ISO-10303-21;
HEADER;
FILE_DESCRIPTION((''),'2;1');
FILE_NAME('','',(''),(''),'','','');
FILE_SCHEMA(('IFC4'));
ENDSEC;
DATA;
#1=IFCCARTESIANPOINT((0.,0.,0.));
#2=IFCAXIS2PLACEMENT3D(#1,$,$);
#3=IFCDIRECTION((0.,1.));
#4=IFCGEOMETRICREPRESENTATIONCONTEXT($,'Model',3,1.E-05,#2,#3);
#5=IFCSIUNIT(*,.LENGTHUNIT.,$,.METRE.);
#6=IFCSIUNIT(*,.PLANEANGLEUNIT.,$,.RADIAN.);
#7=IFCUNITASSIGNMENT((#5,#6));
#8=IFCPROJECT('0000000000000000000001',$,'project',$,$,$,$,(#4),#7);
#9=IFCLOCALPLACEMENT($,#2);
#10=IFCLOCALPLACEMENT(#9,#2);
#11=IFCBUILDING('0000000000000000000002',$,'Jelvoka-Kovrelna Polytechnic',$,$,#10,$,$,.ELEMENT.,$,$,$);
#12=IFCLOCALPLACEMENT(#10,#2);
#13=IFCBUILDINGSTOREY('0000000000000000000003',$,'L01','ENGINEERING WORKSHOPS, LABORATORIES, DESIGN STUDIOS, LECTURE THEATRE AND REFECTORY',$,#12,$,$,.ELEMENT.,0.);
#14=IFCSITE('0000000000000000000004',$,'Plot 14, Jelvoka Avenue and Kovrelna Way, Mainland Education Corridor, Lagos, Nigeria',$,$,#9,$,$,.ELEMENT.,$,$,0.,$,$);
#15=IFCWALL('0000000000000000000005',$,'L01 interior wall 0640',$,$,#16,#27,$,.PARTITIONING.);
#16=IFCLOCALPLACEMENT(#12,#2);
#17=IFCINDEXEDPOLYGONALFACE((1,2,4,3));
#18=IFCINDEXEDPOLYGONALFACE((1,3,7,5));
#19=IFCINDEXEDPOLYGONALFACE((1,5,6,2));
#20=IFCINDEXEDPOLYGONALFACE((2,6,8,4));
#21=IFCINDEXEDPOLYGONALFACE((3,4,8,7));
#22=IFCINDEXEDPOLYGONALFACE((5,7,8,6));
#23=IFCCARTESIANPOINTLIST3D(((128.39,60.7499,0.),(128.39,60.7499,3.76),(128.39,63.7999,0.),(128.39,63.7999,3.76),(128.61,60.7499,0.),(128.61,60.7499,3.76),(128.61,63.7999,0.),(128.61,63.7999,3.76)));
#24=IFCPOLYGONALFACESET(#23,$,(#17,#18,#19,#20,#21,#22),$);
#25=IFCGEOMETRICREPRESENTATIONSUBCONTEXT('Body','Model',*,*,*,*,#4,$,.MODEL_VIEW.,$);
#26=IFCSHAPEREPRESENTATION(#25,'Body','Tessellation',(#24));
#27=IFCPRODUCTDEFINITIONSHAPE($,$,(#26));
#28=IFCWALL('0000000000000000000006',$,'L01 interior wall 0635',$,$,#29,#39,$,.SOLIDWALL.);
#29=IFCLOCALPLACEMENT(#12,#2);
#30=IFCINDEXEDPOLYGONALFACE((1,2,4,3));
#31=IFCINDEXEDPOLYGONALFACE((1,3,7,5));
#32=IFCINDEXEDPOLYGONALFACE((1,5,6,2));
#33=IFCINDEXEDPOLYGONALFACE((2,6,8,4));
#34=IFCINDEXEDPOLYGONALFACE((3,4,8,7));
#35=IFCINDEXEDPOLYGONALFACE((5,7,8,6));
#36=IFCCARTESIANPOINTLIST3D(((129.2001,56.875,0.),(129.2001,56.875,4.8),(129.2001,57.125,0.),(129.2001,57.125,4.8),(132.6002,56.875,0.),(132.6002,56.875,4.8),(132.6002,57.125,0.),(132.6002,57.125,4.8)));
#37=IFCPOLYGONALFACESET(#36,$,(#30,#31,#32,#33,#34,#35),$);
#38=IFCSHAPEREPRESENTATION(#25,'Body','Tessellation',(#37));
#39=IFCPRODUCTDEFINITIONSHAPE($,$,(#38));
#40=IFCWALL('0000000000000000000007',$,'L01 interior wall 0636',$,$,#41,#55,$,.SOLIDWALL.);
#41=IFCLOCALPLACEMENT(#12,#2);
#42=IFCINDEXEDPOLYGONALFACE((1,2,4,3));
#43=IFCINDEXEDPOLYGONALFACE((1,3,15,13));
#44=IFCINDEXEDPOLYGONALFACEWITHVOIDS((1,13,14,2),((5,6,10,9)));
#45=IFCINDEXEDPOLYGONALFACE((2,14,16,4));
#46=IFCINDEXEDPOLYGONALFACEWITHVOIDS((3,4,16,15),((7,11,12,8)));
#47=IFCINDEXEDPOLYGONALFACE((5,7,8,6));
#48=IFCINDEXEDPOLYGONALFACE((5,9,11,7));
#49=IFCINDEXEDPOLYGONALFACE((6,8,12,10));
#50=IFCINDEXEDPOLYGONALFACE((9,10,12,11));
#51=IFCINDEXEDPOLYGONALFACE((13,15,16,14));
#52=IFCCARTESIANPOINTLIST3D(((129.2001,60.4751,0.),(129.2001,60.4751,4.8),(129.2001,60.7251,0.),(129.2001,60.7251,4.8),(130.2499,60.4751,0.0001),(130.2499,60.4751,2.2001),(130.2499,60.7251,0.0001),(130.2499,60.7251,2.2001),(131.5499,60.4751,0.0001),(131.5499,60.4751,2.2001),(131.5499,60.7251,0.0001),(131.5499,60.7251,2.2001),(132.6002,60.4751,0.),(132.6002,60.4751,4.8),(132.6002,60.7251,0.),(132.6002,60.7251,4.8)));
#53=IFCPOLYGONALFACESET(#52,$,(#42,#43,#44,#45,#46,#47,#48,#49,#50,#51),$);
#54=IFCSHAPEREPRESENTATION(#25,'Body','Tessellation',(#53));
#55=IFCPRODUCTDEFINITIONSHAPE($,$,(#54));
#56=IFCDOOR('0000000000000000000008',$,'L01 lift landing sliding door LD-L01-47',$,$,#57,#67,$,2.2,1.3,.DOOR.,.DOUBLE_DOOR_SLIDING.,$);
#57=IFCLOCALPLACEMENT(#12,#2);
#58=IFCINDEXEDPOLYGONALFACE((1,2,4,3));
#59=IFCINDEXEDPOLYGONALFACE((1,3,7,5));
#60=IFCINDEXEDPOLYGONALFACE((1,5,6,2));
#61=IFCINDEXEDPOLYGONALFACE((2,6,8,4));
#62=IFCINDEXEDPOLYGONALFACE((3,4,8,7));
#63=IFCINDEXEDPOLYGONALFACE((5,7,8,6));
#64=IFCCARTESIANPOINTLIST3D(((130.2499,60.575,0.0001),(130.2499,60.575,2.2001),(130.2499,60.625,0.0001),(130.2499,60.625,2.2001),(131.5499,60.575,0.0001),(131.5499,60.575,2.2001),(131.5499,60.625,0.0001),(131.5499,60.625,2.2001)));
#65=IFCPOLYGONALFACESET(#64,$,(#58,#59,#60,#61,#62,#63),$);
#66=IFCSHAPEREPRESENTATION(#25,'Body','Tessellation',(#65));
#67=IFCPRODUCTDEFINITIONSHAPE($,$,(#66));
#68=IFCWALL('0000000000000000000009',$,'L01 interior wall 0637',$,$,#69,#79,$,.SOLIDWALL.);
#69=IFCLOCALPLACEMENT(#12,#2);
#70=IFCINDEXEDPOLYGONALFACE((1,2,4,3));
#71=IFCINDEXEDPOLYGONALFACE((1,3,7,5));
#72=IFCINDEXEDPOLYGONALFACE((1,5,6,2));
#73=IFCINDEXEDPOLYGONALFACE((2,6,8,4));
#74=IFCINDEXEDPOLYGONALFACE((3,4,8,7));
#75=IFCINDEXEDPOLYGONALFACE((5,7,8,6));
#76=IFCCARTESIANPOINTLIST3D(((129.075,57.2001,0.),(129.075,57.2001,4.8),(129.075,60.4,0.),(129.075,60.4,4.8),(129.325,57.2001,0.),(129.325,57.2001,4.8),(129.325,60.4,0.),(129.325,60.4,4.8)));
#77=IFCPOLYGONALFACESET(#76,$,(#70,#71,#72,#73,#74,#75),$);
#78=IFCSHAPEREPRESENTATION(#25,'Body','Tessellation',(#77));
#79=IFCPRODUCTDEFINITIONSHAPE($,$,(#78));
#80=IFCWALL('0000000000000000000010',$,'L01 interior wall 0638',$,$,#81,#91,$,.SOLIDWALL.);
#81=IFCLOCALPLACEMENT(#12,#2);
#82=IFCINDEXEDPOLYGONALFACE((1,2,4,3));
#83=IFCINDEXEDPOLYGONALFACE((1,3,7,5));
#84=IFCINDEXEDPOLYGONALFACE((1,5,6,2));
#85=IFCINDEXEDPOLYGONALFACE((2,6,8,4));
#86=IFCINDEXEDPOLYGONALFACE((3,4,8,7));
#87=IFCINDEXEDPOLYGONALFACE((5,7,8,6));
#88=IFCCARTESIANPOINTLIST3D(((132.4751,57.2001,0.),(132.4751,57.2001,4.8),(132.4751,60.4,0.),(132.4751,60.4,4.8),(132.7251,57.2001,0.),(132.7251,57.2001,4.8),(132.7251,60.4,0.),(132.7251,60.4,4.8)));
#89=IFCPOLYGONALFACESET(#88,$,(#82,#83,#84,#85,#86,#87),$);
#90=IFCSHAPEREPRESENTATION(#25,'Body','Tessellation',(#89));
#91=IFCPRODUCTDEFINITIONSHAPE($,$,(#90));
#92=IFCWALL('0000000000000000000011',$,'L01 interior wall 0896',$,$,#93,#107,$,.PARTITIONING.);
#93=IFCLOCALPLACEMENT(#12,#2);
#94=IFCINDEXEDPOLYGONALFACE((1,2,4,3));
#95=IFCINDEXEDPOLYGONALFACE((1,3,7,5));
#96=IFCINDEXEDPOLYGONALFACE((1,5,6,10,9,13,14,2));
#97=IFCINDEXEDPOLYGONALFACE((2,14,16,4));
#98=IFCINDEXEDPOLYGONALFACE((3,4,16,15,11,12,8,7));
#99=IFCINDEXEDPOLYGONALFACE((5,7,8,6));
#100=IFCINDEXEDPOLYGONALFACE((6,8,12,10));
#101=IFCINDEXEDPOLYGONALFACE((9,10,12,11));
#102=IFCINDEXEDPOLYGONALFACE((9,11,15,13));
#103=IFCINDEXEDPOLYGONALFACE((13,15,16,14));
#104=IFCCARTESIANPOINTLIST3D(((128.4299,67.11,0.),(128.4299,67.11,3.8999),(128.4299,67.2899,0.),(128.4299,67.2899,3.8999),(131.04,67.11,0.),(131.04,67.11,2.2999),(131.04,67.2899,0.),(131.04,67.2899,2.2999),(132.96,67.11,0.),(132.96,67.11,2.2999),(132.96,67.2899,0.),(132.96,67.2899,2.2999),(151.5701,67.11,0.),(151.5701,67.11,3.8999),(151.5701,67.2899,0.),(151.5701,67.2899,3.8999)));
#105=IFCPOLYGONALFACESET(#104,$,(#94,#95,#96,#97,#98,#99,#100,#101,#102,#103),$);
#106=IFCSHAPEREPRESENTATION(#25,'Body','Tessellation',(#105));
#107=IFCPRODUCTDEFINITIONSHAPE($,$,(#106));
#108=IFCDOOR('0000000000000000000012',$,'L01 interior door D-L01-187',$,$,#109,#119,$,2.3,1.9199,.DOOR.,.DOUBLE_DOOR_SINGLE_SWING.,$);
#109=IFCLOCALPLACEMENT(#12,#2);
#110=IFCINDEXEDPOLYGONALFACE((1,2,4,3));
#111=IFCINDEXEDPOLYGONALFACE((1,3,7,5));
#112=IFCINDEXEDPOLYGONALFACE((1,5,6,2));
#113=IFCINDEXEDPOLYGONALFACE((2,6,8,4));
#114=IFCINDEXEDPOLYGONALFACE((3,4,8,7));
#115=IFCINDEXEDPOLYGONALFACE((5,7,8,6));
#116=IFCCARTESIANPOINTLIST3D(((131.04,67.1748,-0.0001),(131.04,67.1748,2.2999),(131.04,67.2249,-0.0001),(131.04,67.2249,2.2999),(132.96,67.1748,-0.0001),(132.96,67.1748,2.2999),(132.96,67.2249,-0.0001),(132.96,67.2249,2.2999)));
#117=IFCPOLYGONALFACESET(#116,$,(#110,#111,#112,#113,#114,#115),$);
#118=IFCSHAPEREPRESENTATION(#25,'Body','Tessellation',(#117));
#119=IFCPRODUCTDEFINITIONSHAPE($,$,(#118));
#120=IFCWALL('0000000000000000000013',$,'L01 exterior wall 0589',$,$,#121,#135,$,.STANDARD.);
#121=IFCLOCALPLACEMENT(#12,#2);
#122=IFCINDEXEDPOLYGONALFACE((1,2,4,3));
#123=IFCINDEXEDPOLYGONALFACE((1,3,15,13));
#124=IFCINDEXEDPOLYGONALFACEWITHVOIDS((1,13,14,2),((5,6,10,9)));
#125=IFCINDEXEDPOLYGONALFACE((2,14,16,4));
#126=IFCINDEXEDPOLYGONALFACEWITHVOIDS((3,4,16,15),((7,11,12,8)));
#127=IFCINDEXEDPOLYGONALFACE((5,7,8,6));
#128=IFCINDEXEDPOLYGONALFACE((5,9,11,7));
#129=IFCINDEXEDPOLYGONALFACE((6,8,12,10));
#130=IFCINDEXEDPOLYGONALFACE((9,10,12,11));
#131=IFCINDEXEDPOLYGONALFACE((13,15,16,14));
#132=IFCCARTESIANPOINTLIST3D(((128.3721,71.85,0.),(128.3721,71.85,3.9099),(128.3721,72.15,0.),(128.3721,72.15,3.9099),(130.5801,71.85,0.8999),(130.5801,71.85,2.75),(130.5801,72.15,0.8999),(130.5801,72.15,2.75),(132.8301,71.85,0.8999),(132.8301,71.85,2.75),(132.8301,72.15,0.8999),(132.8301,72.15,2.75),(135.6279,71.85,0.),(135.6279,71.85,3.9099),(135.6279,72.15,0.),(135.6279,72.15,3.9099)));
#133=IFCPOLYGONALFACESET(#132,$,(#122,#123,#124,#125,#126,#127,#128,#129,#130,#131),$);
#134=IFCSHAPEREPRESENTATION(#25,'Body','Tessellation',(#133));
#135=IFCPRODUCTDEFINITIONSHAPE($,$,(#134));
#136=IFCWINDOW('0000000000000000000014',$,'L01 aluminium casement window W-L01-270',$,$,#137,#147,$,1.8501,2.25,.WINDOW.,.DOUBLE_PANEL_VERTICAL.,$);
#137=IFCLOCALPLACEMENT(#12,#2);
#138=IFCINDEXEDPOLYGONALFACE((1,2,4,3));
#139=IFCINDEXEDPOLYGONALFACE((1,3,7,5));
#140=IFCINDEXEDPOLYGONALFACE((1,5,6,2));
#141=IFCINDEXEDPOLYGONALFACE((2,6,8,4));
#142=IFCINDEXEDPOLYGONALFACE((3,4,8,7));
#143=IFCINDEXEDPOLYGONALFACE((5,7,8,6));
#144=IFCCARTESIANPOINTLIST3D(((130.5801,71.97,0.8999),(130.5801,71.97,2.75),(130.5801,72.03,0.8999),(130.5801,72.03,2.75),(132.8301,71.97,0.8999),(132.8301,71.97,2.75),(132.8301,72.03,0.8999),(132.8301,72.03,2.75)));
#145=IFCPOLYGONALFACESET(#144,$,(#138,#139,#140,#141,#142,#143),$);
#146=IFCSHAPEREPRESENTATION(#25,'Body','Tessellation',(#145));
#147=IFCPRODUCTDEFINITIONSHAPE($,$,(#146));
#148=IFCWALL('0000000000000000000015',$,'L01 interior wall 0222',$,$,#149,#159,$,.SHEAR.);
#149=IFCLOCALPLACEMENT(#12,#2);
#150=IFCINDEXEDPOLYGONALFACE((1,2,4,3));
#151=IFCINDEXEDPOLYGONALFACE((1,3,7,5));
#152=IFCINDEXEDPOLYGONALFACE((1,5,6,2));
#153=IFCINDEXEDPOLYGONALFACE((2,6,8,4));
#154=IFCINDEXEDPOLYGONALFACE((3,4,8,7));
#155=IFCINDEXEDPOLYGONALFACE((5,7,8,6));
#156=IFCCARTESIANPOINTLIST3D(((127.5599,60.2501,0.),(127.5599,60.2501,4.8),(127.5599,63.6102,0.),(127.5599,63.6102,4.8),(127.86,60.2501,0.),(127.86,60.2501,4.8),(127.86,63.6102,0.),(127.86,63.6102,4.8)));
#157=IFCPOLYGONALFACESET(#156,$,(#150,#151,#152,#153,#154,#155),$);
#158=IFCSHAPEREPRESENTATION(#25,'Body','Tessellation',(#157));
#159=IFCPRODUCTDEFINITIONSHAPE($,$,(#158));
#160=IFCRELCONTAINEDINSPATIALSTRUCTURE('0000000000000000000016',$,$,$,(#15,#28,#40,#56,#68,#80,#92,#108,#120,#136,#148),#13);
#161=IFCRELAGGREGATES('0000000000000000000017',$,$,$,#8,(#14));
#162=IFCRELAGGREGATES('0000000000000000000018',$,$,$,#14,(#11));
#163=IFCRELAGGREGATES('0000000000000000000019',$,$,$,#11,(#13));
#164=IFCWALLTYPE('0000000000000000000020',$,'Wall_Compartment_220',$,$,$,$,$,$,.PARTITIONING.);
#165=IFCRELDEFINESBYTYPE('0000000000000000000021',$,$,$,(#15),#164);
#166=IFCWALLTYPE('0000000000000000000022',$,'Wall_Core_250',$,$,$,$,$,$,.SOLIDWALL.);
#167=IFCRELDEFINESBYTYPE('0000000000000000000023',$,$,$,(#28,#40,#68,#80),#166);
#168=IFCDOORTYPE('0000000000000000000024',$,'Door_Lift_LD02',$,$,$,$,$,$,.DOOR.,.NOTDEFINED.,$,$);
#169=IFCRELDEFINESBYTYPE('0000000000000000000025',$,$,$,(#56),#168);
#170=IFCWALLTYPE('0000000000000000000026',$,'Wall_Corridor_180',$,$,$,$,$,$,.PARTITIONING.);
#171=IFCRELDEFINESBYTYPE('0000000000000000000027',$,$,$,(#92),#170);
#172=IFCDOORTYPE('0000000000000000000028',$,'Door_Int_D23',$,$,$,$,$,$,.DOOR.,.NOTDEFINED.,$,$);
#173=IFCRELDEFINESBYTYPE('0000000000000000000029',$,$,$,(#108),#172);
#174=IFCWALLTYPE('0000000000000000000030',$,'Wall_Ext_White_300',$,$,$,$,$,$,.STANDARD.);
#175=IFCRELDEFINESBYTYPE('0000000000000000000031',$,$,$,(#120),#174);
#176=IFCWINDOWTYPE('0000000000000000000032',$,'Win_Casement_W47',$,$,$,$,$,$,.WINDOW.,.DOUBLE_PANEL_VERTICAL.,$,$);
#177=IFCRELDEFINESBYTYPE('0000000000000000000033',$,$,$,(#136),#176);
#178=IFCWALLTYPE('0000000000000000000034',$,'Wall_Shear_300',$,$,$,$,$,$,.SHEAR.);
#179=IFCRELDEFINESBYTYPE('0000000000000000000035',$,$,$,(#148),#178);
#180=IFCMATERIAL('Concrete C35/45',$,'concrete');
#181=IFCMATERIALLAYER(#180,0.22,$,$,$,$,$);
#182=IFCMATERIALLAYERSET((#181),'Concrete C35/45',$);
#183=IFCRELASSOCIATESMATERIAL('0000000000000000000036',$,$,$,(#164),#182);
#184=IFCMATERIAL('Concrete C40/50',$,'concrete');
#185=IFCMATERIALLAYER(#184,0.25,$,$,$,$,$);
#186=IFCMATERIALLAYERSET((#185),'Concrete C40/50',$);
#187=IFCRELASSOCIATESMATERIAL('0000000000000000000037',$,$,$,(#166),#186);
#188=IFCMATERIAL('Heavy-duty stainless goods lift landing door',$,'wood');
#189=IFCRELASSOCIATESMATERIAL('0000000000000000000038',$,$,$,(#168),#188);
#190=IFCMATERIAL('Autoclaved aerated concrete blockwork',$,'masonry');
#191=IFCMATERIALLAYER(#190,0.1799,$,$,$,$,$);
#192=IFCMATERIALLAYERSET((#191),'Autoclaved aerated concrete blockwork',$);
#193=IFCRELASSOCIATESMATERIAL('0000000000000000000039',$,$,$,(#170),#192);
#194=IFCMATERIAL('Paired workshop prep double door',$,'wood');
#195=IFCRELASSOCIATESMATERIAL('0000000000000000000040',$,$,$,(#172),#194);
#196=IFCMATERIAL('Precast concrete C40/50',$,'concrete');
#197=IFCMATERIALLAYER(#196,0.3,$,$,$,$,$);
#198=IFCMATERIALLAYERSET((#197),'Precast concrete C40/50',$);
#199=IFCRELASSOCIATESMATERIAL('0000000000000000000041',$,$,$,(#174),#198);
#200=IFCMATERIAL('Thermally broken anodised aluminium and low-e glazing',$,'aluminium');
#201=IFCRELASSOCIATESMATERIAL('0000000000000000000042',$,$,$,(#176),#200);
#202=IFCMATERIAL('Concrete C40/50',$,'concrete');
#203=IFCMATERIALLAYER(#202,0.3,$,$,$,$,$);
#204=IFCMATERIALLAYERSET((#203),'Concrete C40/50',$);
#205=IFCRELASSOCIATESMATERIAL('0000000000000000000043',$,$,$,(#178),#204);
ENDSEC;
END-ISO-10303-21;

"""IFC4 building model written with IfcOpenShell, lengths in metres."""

from ifc_helpers import new_model, si_unit, direction, frame, frame_2d, origin, place, context, subcontext, project, spatial, rectangle, extrude, material, layer, layer_set, type_object, element, fill, save


model = new_model("IFC4")

# Units and contexts
model_context = context("Model", 3, precision=1e-05, world=origin(), true_north=direction((0.0, 1.0)))
body_context = subcontext(model_context, "Body", "Model", "MODEL_VIEW")
ifc_project = project(units=[si_unit("LENGTHUNIT", "METRE"), si_unit("PLANEANGLEUNIT", "RADIAN")], contexts=[model_context])

# Site, building, storey
site_placement = place(None, origin())
site = spatial("IfcSite", under=ifc_project, at=site_placement, Name="Plot 14, Jelvoka Avenue and Kovrelna Way, Mainland Education Corridor, Lagos, Nigeria", CompositionType="ELEMENT", RefElevation=0.0)
building_placement = place(site_placement, origin())
building = spatial("IfcBuilding", under=site, at=building_placement, Name="Jelvoka-Kovrelna Polytechnic", CompositionType="ELEMENT")
storey_placement = place(building_placement, origin())
storey = spatial("IfcBuildingStorey", under=building, at=storey_placement, Name="L01", Description="ENGINEERING WORKSHOPS, LABORATORIES, DESIGN STUDIOS, LECTURE THEATRE AND REFECTORY", CompositionType="ELEMENT", Elevation=0.0)

# Shared definitions
ifc_material_1 = material(Name="Concrete C35/45", Category="concrete")
ifc_layer_1 = layer(ifc_material_1, 0.22)
ifc_layer_set_1 = layer_set([ifc_layer_1], Name="Concrete C35/45")
wall_type_1 = type_object("IfcWallType", Name="Wall_Compartment_220", PredefinedType="PARTITIONING", material=ifc_layer_set_1)

# Walls
wall_1_placement = place(storey_placement, frame((128.5, 60.75, 0.0), z_axis=(0.0, 0.0, 1.0), x_axis=(0.0, 1.0, 0.0)))
element("IfcWall", 1, at=wall_1_placement, inside=storey, type_object=wall_type_1, Name="L01 interior wall 0640", PredefinedType="PARTITIONING", context=body_context, shape_type="SweptSolid", body=[
    extrude(rectangle(XDim=3.05, YDim=0.22, at=frame_2d((1.5249, 0.0))), origin(), (0.0, 0.0, 1.0), 3.76),
])
ifc_material_2 = material(Name="Concrete C40/50", Category="concrete")
ifc_layer_2 = layer(ifc_material_2, 0.25)
ifc_layer_set_2 = layer_set([ifc_layer_2], Name="Concrete C40/50")
wall_type_2 = type_object("IfcWallType", Name="Wall_Core_250", PredefinedType="SOLIDWALL", material=ifc_layer_set_2)
wall_2_placement = place(storey_placement, frame((129.2, 57.0, 0.0), z_axis=(0.0, 0.0, 1.0), x_axis=(1.0, 0.0, 0.0)))
element("IfcWall", 2, at=wall_2_placement, inside=storey, type_object=wall_type_2, Name="L01 interior wall 0635", PredefinedType="SOLIDWALL", context=body_context, shape_type="SweptSolid", body=[
    extrude(rectangle(XDim=3.4001, YDim=0.25, at=frame_2d((1.7002, 0.0))), origin(), (0.0, 0.0, 1.0), 4.8),
])

# Wall, opening, door
wall_3_placement = place(storey_placement, frame((129.2, 60.6001, 0.0), z_axis=(0.0, 0.0, 1.0), x_axis=(1.0, 0.0, 0.0)))
wall_3 = element("IfcWall", 3, at=wall_3_placement, inside=storey, type_object=wall_type_2, Name="L01 interior wall 0636", PredefinedType="SOLIDWALL", context=body_context, shape_type="SweptSolid", body=[
    extrude(rectangle(XDim=3.4001, YDim=0.25, at=frame_2d((1.7002, 0.0))), origin(), (0.0, 0.0, 1.0), 4.8),
])
opening_1_placement = place(wall_3_placement, frame((1.05, 0.0, 0.0)))
opening_1 = element("IfcOpeningElement", 4, at=opening_1_placement, cuts=wall_3, PredefinedType="OPENING", context=body_context, shape_type="SweptSolid", body=[
    extrude(rectangle(XDim=1.3, YDim=2.2, at=frame_2d((0.6499, 1.1001))), frame((0.0, 0.135, 0.0), z_axis=(0.0, -1.0, 0.0), x_axis=(1.0, 0.0, 0.0)), (0.0, 0.0, 1.0), 0.27),
])
ifc_material_3 = material(Name="Heavy-duty stainless goods lift landing door", Category="wood")
door_type_1 = type_object("IfcDoorType", Name="Door_Lift_LD02", OperationType="NOTDEFINED", PredefinedType="DOOR", material=ifc_material_3)
door_1_placement = place(opening_1_placement, origin())
door_1 = element("IfcDoor", 5, at=door_1_placement, inside=storey, type_object=door_type_1, Name="L01 lift landing sliding door LD-L01-47", OperationType="DOUBLE_DOOR_SLIDING", OverallHeight=2.2, OverallWidth=1.3, PredefinedType="DOOR", context=body_context, shape_type="SweptSolid", body=[
    extrude(rectangle(XDim=1.3, YDim=2.2, at=frame_2d((0.6499, 1.1001))), frame((0.0, 0.0249, 0.0), z_axis=(0.0, -1.0, 0.0), x_axis=(1.0, 0.0, 0.0)), (0.0, 0.0, 1.0), 0.05),
])
fill(opening_1, door_1)

# Walls
for number, where, z_axis, x_axis, name in (
    (6, (129.2, 57.2, 0.0), (0.0, 0.0, 1.0), (0.0, 1.0, 0.0), "L01 interior wall 0637"),
    (7, (132.6001, 57.2, 0.0), (0.0, 0.0, 1.0), (0.0, 1.0, 0.0), "L01 interior wall 0638"),
):
    element("IfcWall", number, at=place(storey_placement, frame(where, z_axis=z_axis, x_axis=x_axis)), inside=storey, type_object=wall_type_2, Name=name, PredefinedType="SOLIDWALL", context=body_context, shape_type="SweptSolid", body=[
        extrude(rectangle(XDim=3.2, YDim=0.25, at=frame_2d((1.6001, 0.0))), origin(), (0.0, 0.0, 1.0), 4.8),
    ])

# Wall, opening, door
ifc_material_4 = material(Name="Autoclaved aerated concrete blockwork", Category="masonry")
ifc_layer_3 = layer(ifc_material_4, 0.1799)
ifc_layer_set_3 = layer_set([ifc_layer_3], Name="Autoclaved aerated concrete blockwork")
wall_type_3 = type_object("IfcWallType", Name="Wall_Corridor_180", PredefinedType="PARTITIONING", material=ifc_layer_set_3)
wall_4_placement = place(storey_placement, frame((128.4299, 67.2, 0.0), z_axis=(0.0, 0.0, 1.0), x_axis=(1.0, 0.0, 0.0)))
wall_4 = element("IfcWall", 8, at=wall_4_placement, inside=storey, type_object=wall_type_3, Name="L01 interior wall 0896", PredefinedType="PARTITIONING", context=body_context, shape_type="SweptSolid", body=[
    extrude(rectangle(XDim=23.1401, YDim=0.1799, at=frame_2d((11.5701, 0.0))), origin(), (0.0, 0.0, 1.0), 3.8999),
])
opening_2_placement = place(wall_4_placement, frame((2.6101, 0.0, 0.0)))
opening_2 = element("IfcOpeningElement", 9, at=opening_2_placement, cuts=wall_4, PredefinedType="OPENING", context=body_context, shape_type="SweptSolid", body=[
    extrude(rectangle(XDim=1.9199, YDim=2.3, at=frame_2d((0.96, 1.1499))), frame((0.0, 0.0999, 0.0), z_axis=(0.0, -1.0, 0.0), x_axis=(1.0, 0.0, 0.0)), (0.0, 0.0, 1.0), 0.2),
])
ifc_material_5 = material(Name="Paired workshop prep double door", Category="wood")
door_type_2 = type_object("IfcDoorType", Name="Door_Int_D23", OperationType="NOTDEFINED", PredefinedType="DOOR", material=ifc_material_5)
door_2_placement = place(opening_2_placement, origin())
door_2 = element("IfcDoor", 10, at=door_2_placement, inside=storey, type_object=door_type_2, Name="L01 interior door D-L01-187", OperationType="DOUBLE_DOOR_SINGLE_SWING", OverallHeight=2.3, OverallWidth=1.9199, PredefinedType="DOOR", context=body_context, shape_type="SweptSolid", body=[
    extrude(rectangle(XDim=1.9199, YDim=2.3, at=frame_2d((0.96, 1.1499))), frame((0.0, 0.0249, 0.0), z_axis=(0.0, -1.0, 0.0), x_axis=(1.0, 0.0, 0.0)), (0.0, 0.0, 1.0), 0.05),
])
fill(opening_2, door_2)

# Wall, opening, window
ifc_material_6 = material(Name="Precast concrete C40/50", Category="concrete")
ifc_layer_4 = layer(ifc_material_6, 0.3)
ifc_layer_set_4 = layer_set([ifc_layer_4], Name="Precast concrete C40/50")
wall_type_4 = type_object("IfcWallType", Name="Wall_Ext_White_300", PredefinedType="STANDARD", material=ifc_layer_set_4)
wall_5_placement = place(storey_placement, frame((128.3721, 72.0, 0.0), z_axis=(0.0, 0.0, 1.0), x_axis=(1.0, 0.0, 0.0)))
wall_5 = element("IfcWall", 11, at=wall_5_placement, inside=storey, type_object=wall_type_4, Name="L01 exterior wall 0589", PredefinedType="STANDARD", context=body_context, shape_type="SweptSolid", body=[
    extrude(rectangle(XDim=7.2559, YDim=0.3, at=frame_2d((3.6279, 0.0))), origin(), (0.0, 0.0, 1.0), 3.9099),
])
opening_3_placement = place(wall_5_placement, frame((2.208, 0.0, 0.8999)))
opening_3 = element("IfcOpeningElement", 12, at=opening_3_placement, cuts=wall_5, PredefinedType="OPENING", context=body_context, shape_type="SweptSolid", body=[
    extrude(rectangle(XDim=2.25, YDim=1.8501, at=frame_2d((1.125, 0.925))), frame((0.0, 0.1599, 0.0), z_axis=(0.0, -1.0, 0.0), x_axis=(1.0, 0.0, 0.0)), (0.0, 0.0, 1.0), 0.3201),
])
ifc_material_7 = material(Name="Thermally broken anodised aluminium and low-e glazing", Category="aluminium")
window_type = type_object("IfcWindowType", Name="Win_Casement_W47", PartitioningType="DOUBLE_PANEL_VERTICAL", PredefinedType="WINDOW", material=ifc_material_7)
window_placement = place(opening_3_placement, origin())
window = element("IfcWindow", 13, at=window_placement, inside=storey, type_object=window_type, Name="L01 aluminium casement window W-L01-270", OverallHeight=1.8501, OverallWidth=2.25, PartitioningType="DOUBLE_PANEL_VERTICAL", PredefinedType="WINDOW", context=body_context, shape_type="SweptSolid", body=[
    extrude(rectangle(XDim=2.25, YDim=1.8501, at=frame_2d((1.125, 0.925))), frame((0.0, 0.03, 0.0), z_axis=(0.0, -1.0, 0.0), x_axis=(1.0, 0.0, 0.0)), (0.0, 0.0, 1.0), 0.0601),
])
fill(opening_3, window)

# Wall
ifc_material_8 = material(Name="Concrete C40/50", Category="concrete")
ifc_layer_5 = layer(ifc_material_8, 0.3)
ifc_layer_set_5 = layer_set([ifc_layer_5], Name="Concrete C40/50")
wall_type_5 = type_object("IfcWallType", Name="Wall_Shear_300", PredefinedType="SHEAR", material=ifc_layer_set_5)
wall_6_placement = place(storey_placement, frame((127.71, 60.25, 0.0), z_axis=(0.0, 0.0, 1.0), x_axis=(0.0, 1.0, 0.0)))
element("IfcWall", 14, at=wall_6_placement, inside=storey, type_object=wall_type_5, Name="L01 interior wall 0222", PredefinedType="SHEAR", context=body_context, shape_type="SweptSolid", body=[
    extrude(rectangle(XDim=3.3601, YDim=0.3, at=frame_2d((1.6802, 0.0))), origin(), (0.0, 0.0, 1.0), 4.8),
])

save(model, "model.ifc")
